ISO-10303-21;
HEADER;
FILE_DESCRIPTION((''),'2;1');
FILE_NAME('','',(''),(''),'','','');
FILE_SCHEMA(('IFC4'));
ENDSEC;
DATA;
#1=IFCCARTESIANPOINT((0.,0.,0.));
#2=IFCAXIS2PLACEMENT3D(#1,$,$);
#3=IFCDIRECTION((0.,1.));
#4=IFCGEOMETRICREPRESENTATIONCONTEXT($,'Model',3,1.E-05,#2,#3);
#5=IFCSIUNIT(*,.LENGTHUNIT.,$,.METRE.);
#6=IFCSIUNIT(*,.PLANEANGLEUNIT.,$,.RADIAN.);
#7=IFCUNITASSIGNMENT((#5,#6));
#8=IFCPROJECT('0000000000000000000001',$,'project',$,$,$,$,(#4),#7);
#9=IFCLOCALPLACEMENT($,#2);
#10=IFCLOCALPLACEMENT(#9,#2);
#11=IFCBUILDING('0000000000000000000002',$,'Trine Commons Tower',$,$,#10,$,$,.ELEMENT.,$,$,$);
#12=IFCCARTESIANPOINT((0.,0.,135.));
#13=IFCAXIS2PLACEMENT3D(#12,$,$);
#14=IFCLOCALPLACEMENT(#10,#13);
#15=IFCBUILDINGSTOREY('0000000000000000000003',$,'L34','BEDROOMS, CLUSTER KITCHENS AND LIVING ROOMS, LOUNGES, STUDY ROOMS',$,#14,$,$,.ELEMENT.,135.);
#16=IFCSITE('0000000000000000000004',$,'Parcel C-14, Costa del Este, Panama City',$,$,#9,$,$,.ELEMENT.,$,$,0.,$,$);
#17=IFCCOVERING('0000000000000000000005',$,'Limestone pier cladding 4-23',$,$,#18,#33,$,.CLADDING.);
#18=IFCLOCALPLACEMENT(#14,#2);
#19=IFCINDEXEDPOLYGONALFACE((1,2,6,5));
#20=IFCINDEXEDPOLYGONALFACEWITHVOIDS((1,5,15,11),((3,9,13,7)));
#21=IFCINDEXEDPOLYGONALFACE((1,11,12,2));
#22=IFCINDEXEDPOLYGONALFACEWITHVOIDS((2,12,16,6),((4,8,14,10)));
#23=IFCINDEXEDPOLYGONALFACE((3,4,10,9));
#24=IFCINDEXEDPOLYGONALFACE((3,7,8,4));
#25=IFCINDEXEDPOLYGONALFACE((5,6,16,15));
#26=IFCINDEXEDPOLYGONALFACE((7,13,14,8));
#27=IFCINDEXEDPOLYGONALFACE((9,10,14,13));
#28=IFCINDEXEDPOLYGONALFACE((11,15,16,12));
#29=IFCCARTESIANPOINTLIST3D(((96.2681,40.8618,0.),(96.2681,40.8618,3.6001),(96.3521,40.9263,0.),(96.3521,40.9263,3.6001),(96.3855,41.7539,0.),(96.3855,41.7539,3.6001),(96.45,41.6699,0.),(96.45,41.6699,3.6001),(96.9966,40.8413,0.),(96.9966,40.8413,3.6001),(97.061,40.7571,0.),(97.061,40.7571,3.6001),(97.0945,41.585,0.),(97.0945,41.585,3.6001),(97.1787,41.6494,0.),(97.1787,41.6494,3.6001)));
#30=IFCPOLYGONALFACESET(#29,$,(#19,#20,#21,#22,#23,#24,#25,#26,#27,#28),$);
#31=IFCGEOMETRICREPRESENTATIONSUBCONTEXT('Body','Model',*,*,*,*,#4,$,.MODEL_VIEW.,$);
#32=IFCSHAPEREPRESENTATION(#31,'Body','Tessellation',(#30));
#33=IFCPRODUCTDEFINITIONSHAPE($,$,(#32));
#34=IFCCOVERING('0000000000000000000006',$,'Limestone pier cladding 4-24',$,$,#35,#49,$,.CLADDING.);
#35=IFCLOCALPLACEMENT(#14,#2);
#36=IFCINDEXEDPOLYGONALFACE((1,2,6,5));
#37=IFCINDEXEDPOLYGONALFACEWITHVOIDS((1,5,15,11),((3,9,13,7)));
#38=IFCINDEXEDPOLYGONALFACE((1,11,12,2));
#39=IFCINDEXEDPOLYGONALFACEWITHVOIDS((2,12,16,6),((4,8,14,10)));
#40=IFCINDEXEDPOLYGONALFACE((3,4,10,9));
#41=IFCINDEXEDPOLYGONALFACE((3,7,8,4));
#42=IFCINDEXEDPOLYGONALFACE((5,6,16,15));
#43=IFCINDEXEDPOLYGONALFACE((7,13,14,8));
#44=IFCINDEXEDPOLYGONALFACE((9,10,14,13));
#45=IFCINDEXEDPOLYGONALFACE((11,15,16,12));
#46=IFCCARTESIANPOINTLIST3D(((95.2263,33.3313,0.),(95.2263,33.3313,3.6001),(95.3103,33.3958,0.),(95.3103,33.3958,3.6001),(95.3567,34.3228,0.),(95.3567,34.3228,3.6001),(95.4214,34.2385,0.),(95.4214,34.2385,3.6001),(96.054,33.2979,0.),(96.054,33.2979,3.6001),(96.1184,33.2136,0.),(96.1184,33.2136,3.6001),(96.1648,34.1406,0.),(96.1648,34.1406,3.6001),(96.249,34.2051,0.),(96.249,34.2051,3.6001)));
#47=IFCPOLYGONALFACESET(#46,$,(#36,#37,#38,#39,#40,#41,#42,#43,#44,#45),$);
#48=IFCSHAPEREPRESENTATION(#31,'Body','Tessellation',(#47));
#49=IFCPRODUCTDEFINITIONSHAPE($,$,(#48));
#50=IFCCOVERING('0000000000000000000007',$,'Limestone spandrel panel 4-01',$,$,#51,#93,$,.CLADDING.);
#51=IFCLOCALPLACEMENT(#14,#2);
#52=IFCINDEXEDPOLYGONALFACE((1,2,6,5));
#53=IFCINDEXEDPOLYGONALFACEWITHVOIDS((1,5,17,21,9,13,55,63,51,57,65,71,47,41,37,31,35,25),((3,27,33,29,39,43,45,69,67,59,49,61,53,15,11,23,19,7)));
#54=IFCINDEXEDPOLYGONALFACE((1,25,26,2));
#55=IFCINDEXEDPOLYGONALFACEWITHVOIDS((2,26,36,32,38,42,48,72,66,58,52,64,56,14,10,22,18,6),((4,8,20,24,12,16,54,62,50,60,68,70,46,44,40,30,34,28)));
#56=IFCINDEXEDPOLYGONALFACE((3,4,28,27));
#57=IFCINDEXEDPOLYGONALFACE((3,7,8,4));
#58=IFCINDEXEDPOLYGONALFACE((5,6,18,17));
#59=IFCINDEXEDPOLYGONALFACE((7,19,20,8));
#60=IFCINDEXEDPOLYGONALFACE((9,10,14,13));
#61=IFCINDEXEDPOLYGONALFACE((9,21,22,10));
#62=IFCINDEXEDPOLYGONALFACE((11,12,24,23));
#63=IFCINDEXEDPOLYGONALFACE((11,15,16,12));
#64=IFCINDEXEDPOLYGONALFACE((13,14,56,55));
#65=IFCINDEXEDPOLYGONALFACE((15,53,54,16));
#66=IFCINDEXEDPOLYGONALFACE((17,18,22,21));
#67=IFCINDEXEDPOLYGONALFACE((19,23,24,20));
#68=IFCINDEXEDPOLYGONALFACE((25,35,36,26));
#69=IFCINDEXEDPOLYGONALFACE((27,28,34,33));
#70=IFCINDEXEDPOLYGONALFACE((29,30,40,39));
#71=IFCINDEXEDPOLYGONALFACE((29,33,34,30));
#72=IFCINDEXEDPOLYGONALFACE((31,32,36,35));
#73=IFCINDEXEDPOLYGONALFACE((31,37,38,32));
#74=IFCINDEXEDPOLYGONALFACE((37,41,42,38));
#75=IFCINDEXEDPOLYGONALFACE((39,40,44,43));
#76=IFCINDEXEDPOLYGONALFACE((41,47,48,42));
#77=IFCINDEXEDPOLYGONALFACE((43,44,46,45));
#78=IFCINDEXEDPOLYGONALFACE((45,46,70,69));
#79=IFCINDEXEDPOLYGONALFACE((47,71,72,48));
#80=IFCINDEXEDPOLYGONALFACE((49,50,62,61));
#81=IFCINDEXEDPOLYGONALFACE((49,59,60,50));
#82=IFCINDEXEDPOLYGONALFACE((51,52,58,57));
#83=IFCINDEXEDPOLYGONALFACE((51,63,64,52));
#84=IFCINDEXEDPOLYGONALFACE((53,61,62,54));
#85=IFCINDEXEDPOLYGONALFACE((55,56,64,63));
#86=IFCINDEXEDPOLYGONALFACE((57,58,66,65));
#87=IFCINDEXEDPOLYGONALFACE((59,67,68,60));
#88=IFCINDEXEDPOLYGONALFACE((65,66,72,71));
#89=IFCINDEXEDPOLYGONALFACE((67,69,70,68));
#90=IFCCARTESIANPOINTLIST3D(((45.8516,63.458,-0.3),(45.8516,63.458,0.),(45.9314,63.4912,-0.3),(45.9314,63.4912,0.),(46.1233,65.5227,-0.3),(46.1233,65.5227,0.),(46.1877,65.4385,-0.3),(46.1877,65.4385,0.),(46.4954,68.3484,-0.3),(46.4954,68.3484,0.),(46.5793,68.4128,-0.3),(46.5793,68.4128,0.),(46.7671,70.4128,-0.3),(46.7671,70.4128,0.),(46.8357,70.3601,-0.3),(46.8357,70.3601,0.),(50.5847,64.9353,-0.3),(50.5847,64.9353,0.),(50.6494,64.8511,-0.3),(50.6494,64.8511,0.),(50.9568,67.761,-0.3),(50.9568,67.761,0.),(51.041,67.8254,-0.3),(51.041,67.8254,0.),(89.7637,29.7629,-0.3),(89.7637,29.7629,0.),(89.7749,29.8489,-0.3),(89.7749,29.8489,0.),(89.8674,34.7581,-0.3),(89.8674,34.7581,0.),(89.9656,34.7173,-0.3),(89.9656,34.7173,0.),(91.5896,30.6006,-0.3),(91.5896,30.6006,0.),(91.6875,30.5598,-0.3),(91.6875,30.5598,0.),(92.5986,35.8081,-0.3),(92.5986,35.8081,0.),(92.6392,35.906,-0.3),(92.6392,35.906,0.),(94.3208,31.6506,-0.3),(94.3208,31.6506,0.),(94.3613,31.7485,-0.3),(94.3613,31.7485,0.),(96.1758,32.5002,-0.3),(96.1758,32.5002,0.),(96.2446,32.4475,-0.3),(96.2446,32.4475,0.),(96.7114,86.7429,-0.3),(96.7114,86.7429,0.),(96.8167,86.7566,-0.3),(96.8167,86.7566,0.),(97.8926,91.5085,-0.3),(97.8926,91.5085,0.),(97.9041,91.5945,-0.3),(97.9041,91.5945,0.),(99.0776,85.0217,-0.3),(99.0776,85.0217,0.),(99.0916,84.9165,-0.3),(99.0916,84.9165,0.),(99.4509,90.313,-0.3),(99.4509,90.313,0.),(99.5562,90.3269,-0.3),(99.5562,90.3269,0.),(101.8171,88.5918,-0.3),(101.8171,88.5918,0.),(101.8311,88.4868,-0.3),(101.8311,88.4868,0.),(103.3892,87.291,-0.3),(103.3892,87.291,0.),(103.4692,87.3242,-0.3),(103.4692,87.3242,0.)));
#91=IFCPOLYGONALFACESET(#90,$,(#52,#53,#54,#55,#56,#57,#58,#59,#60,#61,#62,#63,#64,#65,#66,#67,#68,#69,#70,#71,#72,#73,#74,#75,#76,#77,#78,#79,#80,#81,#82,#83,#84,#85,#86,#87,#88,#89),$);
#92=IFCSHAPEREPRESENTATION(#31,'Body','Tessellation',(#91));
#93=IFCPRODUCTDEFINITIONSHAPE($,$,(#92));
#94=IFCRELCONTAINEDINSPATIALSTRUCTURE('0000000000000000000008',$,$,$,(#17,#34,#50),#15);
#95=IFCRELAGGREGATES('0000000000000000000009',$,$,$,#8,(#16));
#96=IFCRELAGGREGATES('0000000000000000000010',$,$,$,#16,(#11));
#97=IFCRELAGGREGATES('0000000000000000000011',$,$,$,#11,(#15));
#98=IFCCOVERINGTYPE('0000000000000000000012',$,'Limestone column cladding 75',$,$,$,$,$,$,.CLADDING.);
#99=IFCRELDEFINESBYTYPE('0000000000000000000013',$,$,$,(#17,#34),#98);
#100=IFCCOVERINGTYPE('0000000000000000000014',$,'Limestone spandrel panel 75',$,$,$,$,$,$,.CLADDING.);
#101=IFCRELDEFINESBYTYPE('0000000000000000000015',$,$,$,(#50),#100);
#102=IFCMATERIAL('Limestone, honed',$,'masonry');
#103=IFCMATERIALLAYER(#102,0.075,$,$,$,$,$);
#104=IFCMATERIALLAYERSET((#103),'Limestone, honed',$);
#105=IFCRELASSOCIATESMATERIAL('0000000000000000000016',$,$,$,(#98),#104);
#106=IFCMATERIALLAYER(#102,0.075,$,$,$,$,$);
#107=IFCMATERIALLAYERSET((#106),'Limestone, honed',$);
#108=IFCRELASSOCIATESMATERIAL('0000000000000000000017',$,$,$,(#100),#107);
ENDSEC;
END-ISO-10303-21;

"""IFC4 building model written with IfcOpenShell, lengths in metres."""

from ifc_helpers import new_model, si_unit, direction, frame, origin, place, context, subcontext, project, spatial, polyline, outline, extrude, material, layer, layer_set, type_object, element, save


model = new_model("IFC4")

# Units and contexts
model_context = context("Model", 3, precision=1e-05, world=origin(), true_north=direction((0.0, 1.0)))
body_context = subcontext(model_context, "Body", "Model", "MODEL_VIEW")
ifc_project = project(units=[si_unit("LENGTHUNIT", "METRE"), si_unit("PLANEANGLEUNIT", "RADIAN")], contexts=[model_context])

# Site, building, storey
site_placement = place(None, origin())
site = spatial("IfcSite", under=ifc_project, at=site_placement, Name="Parcel C-14, Costa del Este, Panama City", CompositionType="ELEMENT", RefElevation=0.0)
building_placement = place(site_placement, origin())
building = spatial("IfcBuilding", under=site, at=building_placement, Name="Trine Commons Tower", CompositionType="ELEMENT")
storey_placement = place(building_placement, frame((0.0, 0.0, 135.0)))
storey = spatial("IfcBuildingStorey", under=building, at=storey_placement, Name="L34", Description="BEDROOMS, CLUSTER KITCHENS AND LIVING ROOMS, LOUNGES, STUDY ROOMS", CompositionType="ELEMENT", Elevation=135.0)

# Coverings
ifc_material_1 = material(Name="Limestone, honed", Category="masonry")
ifc_layer_1 = layer(ifc_material_1, 0.075)
ifc_layer_set_1 = layer_set([ifc_layer_1], Name="Limestone, honed")
covering_type_1 = type_object("IfcCoveringType", Name="Limestone column cladding 75", PredefinedType="CLADDING", material=ifc_layer_set_1)
covering_1_placement = place(storey_placement, origin())
element("IfcCovering", 1, at=covering_1_placement, inside=storey, type_object=covering_type_1, Name="Limestone pier cladding 4-23", PredefinedType="CLADDING", context=body_context, shape_type="SweptSolid", body=[
    extrude(outline(polyline([(97.1787, 41.6494), (96.3855, 41.7539), (96.2681, 40.8618), (97.061, 40.7571), (97.1787, 41.6494)]), holes=[polyline([(97.0945, 41.585), (96.45, 41.6699), (96.3521, 40.9263), (96.9966, 40.8413), (97.0945, 41.585)])]), origin(), (0.0, 0.0, 1.0), 3.6001),
])
covering_2_placement = place(storey_placement, origin())
element("IfcCovering", 2, at=covering_2_placement, inside=storey, type_object=covering_type_1, Name="Limestone pier cladding 4-24", PredefinedType="CLADDING", context=body_context, shape_type="SweptSolid", body=[
    extrude(outline(polyline([(96.249, 34.2051), (95.3567, 34.3228), (95.2263, 33.3313), (96.1184, 33.2136), (96.249, 34.2051)]), holes=[polyline([(96.1648, 34.1406), (95.4214, 34.2385), (95.3103, 33.3958), (96.054, 33.2979), (96.1648, 34.1406)])]), origin(), (0.0, 0.0, 1.0), 3.6001),
])
ifc_layer_2 = layer(ifc_material_1, 0.075)
ifc_layer_set_2 = layer_set([ifc_layer_2], Name="Limestone, honed")
covering_type_2 = type_object("IfcCoveringType", Name="Limestone spandrel panel 75", PredefinedType="CLADDING", material=ifc_layer_set_2)
covering_3_placement = place(storey_placement, frame((0.0, 0.0, -0.3)))
element("IfcCovering", 3, at=covering_3_placement, inside=storey, type_object=covering_type_2, Name="Limestone spandrel panel 4-01", PredefinedType="CLADDING", context=body_context, shape_type="SweptSolid", body=[
    extrude(outline(polyline([(92.5986, 35.8081), (94.3208, 31.6506), (96.2446, 32.4475), (103.4692, 87.3242), (101.8171, 88.5918), (99.0776, 85.0217), (96.8167, 86.7566), (99.5562, 90.3269), (97.9041, 91.5945), (46.7671, 70.4128), (46.4954, 68.3484), (50.9568, 67.761), (50.5847, 64.9353), (46.1233, 65.5227), (45.8516, 63.458), (89.7637, 29.7629), (91.6875, 30.5598), (89.9656, 34.7173), (92.5986, 35.8081)]), holes=[polyline([(101.8311, 88.4868), (103.3892, 87.291), (96.1758, 32.5002), (94.3613, 31.7485), (92.6392, 35.906), (89.8674, 34.7581), (91.5896, 30.6006), (89.7749, 29.8489), (45.9314, 63.4912), (46.1877, 65.4385), (50.6494, 64.8511), (51.041, 67.8254), (46.5793, 68.4128), (46.8357, 70.3601), (97.8926, 91.5085), (99.4509, 90.313), (96.7114, 86.7429), (99.0916, 84.9165), (101.8311, 88.4868)])]), origin(), (0.0, 0.0, 1.0), 0.3),
])

save(model, "model.ifc")
